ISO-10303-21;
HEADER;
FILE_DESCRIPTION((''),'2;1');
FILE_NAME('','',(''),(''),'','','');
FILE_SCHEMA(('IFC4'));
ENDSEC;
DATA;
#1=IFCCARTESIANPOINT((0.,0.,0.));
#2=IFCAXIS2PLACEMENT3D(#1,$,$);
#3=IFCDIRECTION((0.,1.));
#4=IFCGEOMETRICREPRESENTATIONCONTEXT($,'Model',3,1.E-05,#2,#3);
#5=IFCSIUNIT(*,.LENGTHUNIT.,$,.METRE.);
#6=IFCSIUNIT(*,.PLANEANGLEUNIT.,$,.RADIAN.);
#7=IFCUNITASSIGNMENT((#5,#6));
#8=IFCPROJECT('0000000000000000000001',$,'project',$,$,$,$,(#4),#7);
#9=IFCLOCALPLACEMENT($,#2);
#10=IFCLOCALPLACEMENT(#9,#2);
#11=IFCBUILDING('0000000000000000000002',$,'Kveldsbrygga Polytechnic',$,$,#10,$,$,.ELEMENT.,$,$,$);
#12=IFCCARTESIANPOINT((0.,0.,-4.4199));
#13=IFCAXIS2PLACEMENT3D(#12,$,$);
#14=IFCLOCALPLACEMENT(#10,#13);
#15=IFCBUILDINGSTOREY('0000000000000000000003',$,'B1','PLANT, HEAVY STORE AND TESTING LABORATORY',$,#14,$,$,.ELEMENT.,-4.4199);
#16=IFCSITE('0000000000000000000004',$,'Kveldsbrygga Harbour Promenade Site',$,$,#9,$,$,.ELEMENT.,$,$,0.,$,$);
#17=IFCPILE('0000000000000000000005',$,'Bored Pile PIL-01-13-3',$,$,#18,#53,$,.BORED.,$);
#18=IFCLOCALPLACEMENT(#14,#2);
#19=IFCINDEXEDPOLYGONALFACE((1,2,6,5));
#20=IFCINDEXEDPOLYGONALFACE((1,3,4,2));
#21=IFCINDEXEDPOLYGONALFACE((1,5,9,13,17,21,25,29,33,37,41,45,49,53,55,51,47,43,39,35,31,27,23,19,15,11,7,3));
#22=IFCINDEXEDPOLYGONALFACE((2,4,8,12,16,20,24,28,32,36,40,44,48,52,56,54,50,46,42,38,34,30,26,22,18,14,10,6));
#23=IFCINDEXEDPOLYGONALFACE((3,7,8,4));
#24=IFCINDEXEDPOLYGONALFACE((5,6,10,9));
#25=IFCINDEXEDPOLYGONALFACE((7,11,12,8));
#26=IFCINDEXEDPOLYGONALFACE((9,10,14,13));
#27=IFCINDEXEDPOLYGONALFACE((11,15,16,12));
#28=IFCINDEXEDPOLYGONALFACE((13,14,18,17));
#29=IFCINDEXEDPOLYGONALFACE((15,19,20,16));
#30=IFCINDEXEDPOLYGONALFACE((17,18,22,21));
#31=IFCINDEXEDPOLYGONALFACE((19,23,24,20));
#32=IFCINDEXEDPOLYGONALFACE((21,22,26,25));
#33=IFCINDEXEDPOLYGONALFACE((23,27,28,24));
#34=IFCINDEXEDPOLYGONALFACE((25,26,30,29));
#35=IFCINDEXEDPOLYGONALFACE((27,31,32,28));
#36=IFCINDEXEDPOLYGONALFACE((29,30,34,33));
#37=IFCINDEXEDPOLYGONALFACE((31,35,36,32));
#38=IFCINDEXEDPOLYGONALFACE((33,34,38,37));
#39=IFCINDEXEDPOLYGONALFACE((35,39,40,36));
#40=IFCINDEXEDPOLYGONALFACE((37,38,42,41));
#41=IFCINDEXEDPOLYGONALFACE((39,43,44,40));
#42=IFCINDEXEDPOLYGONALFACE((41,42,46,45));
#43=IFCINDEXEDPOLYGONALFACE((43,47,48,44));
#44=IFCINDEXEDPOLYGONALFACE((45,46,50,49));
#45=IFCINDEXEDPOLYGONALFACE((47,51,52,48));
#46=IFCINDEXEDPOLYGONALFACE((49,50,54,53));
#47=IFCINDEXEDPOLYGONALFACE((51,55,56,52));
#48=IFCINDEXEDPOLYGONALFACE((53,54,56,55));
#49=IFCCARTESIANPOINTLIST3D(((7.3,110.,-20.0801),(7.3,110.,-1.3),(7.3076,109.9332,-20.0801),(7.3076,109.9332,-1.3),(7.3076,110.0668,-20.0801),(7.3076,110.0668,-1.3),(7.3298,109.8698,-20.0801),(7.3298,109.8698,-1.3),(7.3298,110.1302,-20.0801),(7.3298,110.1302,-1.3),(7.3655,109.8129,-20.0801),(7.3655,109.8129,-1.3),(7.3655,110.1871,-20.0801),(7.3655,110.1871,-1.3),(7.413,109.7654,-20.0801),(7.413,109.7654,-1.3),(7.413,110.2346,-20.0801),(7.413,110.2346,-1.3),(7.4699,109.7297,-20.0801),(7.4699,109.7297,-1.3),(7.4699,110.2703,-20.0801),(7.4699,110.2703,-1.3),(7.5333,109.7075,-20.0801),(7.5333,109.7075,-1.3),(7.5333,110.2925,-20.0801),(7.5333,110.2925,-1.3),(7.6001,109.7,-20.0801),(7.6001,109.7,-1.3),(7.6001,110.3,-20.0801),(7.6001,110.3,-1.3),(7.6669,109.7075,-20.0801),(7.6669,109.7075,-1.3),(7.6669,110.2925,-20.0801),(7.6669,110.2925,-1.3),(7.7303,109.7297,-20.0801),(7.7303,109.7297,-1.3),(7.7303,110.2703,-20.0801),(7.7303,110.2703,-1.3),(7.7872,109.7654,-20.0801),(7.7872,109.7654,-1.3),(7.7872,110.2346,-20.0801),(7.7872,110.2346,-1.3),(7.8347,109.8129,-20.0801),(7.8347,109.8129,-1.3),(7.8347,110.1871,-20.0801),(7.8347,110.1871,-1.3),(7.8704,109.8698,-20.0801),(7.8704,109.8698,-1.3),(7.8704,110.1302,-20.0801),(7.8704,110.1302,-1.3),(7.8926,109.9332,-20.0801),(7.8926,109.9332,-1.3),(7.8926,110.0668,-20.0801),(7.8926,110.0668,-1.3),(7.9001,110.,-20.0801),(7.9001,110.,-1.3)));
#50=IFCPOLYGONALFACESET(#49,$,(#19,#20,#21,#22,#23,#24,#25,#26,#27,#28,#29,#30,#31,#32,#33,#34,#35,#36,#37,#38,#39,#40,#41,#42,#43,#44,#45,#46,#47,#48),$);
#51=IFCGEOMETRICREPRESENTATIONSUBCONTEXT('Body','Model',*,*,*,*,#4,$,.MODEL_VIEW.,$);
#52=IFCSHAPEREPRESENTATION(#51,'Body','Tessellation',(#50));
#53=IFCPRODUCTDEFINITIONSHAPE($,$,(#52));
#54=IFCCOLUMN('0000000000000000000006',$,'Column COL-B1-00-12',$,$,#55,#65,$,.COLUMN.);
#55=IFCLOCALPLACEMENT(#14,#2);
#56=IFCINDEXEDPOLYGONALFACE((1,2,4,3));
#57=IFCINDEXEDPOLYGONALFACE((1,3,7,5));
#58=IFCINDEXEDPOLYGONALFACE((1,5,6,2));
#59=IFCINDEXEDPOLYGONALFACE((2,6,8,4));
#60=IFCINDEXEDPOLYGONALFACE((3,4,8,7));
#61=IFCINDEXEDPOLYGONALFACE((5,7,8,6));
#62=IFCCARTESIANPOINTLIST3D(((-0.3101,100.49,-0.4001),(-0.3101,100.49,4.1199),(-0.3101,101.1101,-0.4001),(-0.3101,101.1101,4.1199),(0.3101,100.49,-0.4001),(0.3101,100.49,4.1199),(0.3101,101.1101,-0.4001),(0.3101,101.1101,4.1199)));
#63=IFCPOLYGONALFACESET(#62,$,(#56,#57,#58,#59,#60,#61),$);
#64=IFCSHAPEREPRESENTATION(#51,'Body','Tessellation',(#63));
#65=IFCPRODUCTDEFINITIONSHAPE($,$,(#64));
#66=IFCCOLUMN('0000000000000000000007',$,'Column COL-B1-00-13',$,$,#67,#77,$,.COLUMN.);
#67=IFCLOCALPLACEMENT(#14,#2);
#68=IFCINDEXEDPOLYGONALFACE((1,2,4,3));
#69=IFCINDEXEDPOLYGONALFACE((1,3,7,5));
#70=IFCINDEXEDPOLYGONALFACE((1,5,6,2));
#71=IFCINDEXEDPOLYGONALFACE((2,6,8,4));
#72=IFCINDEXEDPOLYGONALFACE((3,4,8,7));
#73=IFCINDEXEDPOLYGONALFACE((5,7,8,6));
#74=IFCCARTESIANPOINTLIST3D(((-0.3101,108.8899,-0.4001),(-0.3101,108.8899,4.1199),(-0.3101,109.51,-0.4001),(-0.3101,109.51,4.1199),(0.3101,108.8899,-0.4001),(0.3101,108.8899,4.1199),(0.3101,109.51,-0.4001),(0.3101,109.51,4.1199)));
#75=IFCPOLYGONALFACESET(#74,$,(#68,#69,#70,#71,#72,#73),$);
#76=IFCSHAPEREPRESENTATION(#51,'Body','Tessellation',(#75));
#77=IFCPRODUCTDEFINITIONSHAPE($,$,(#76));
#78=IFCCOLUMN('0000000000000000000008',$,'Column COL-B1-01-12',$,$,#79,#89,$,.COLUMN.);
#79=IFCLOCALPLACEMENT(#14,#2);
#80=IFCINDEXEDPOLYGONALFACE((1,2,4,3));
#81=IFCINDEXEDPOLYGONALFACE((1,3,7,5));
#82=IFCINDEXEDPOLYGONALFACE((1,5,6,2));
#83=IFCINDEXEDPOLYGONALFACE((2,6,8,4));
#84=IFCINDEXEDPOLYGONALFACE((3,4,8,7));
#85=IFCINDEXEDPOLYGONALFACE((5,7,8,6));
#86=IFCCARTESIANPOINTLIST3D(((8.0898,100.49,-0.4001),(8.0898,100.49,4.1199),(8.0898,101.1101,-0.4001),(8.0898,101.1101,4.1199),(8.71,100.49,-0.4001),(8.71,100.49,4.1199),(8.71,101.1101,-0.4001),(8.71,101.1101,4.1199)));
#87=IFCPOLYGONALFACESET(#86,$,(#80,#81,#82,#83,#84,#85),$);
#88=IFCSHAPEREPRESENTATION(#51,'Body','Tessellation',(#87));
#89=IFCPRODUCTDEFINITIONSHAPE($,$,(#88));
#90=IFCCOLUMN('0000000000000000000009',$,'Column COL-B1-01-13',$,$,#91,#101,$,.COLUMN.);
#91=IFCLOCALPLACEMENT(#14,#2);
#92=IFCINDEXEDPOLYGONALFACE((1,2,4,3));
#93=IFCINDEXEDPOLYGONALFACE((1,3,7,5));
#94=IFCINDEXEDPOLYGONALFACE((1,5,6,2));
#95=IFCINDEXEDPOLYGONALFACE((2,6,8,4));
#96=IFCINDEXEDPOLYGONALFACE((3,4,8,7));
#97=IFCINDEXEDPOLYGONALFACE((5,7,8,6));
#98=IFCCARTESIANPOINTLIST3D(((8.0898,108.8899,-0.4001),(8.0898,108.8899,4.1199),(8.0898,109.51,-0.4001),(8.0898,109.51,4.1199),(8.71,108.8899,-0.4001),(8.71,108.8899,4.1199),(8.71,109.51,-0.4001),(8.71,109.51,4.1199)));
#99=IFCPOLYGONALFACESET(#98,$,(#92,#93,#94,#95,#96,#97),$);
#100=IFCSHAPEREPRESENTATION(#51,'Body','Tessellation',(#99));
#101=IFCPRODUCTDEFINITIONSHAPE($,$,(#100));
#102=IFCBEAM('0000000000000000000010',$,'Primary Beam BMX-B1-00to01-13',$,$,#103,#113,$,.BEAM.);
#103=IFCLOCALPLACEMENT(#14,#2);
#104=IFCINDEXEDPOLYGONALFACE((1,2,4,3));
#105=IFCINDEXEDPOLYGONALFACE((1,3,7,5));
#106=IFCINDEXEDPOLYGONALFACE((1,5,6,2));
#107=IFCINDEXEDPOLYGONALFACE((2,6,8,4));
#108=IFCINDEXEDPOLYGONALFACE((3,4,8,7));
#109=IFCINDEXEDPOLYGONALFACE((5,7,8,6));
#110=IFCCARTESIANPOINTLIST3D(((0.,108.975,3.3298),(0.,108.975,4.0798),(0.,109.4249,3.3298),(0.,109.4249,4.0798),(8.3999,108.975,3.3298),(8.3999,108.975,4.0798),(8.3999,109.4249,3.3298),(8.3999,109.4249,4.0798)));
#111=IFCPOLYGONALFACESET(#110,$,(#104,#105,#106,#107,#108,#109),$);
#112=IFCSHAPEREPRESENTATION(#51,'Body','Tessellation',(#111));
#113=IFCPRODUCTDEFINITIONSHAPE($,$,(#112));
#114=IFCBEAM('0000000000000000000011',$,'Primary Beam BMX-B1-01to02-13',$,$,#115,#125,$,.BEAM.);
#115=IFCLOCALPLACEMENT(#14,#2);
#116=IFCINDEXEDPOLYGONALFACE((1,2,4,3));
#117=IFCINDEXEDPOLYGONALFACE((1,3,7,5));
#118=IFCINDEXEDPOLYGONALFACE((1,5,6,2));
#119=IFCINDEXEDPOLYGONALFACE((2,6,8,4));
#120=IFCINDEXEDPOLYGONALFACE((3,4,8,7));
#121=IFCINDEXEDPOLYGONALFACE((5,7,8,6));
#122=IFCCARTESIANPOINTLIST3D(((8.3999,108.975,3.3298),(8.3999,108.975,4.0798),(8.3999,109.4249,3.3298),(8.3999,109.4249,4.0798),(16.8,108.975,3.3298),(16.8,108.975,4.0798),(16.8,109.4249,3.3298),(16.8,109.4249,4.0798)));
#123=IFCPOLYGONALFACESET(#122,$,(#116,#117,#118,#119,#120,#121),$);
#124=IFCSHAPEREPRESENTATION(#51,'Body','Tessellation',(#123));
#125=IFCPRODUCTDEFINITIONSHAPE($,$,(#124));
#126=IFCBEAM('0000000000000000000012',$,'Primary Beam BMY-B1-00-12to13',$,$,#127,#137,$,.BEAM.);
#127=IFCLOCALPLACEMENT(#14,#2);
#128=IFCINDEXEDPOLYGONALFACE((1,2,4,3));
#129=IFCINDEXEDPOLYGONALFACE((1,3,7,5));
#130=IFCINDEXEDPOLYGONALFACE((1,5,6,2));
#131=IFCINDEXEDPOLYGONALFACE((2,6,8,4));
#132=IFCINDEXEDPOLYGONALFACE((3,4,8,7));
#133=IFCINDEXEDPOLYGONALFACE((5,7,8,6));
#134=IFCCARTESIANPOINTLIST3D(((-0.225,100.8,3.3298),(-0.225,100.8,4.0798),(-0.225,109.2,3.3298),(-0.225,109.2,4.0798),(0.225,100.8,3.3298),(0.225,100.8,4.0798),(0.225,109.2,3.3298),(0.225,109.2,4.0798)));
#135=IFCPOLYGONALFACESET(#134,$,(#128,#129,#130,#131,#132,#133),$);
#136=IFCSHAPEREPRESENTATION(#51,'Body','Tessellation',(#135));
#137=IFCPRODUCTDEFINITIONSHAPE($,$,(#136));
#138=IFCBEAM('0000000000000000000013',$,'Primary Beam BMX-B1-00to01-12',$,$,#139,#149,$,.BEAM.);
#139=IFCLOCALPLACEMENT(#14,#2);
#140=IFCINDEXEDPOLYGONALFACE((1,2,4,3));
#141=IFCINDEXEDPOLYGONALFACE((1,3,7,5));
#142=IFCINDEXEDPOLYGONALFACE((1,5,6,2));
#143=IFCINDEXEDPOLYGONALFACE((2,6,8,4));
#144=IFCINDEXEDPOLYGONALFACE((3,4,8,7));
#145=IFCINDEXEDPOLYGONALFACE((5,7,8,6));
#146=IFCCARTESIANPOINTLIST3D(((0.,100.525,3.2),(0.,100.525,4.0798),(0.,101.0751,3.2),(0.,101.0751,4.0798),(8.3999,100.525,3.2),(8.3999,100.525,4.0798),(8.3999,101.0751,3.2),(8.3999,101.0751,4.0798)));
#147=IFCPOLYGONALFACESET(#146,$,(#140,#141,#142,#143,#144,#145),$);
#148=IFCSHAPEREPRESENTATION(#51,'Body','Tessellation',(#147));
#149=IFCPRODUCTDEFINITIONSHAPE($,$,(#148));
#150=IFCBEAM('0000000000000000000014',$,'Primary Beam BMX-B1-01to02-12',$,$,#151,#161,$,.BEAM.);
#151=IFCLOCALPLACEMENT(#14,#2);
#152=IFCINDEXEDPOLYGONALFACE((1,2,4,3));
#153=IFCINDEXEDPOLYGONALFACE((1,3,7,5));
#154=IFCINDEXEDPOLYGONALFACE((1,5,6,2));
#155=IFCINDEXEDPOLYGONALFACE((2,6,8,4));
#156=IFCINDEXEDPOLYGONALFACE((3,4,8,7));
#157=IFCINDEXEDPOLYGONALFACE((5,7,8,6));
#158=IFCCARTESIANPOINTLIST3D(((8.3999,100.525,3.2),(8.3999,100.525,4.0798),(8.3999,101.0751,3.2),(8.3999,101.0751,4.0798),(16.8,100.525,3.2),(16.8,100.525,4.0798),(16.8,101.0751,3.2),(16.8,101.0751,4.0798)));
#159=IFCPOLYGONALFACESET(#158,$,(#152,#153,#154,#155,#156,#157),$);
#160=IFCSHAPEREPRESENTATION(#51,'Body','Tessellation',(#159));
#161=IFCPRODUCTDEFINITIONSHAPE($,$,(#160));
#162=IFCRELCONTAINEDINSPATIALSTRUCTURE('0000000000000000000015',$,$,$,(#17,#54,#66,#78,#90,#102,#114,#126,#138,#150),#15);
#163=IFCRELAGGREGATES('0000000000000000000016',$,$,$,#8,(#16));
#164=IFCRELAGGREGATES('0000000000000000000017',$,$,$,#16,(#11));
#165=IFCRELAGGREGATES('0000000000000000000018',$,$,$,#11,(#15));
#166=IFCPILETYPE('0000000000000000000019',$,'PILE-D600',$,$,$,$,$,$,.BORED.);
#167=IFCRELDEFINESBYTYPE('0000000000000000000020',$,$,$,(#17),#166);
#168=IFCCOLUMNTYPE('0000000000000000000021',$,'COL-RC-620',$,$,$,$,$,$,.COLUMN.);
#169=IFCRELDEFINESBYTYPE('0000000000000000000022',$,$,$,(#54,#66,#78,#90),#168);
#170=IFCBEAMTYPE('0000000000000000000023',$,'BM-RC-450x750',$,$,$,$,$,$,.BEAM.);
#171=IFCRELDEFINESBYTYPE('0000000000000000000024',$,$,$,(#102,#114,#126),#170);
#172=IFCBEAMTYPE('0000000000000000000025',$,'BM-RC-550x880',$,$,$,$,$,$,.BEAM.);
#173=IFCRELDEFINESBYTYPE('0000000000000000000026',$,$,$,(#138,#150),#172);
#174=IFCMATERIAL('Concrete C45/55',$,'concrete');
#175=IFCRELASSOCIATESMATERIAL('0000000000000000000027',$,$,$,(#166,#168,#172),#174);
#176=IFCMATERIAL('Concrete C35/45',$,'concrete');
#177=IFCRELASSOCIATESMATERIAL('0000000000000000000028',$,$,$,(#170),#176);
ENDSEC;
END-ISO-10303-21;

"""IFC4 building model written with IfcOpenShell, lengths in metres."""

from ifc_helpers import new_model, si_unit, direction, frame, origin, origin_2d, place, context, subcontext, project, spatial, rectangle, circle, extrude, material, material_profile, profile_set, type_object, element, save


model = new_model("IFC4")

# Units and contexts
model_context = context("Model", 3, precision=1e-05, world=origin(), true_north=direction((0.0, 1.0)))
body_context = subcontext(model_context, "Body", "Model", "MODEL_VIEW")
ifc_project = project(units=[si_unit("LENGTHUNIT", "METRE"), si_unit("PLANEANGLEUNIT", "RADIAN")], contexts=[model_context])

# Site, building, storey
site_placement = place(None, origin())
site = spatial("IfcSite", under=ifc_project, at=site_placement, Name="Kveldsbrygga Harbour Promenade Site", CompositionType="ELEMENT", RefElevation=0.0)
building_placement = place(site_placement, origin())
building = spatial("IfcBuilding", under=site, at=building_placement, Name="Kveldsbrygga Polytechnic", CompositionType="ELEMENT")
storey_placement = place(building_placement, frame((0.0, 0.0, -4.4199)))
storey = spatial("IfcBuildingStorey", under=building, at=storey_placement, Name="B1", Description="PLANT, HEAVY STORE AND TESTING LABORATORY", CompositionType="ELEMENT", Elevation=-4.4199)

# Shared definitions
ifc_material_1 = material(Name="Concrete C45/55", Category="concrete")

# Pile
ifc_material_profile_1 = material_profile(ifc_material_1, circle(Radius=0.3, at=origin_2d()), Name="PILE D600")
ifc_profile_set_1 = profile_set([ifc_material_profile_1], Name="Concrete C45/55")
pile_type = type_object("IfcPileType", Name="PILE-D600", PredefinedType="BORED", material=ifc_profile_set_1)
for number, where, z_axis, x_axis, name in (
    (1, (7.6001, 110.0, -1.3), (0.0, 0.0, -1.0), (1.0, 0.0, 0.0), "Bored Pile PIL-01-13-3"),
):
    element("IfcPile", number, at=place(storey_placement, frame(where, z_axis=z_axis, x_axis=x_axis)), inside=storey, type_object=pile_type, Name=name, PredefinedType="BORED", context=body_context, shape_type="SweptSolid", body=[
        extrude(circle(Radius=0.3, at=origin_2d()), origin(), (0.0, 0.0, 1.0), 18.78),
    ])

# Columns
ifc_material_profile_2 = material_profile(ifc_material_1, rectangle(XDim=0.6201, YDim=0.6201, at=origin_2d()), Name="RC 620x620")
ifc_profile_set_2 = profile_set([ifc_material_profile_2], Name="Concrete C45/55")
column_type = type_object("IfcColumnType", Name="COL-RC-620", PredefinedType="COLUMN", material=ifc_profile_set_2)
for number, where, z_axis, x_axis, name in (
    (2, (0.0, 100.8, -0.4001), (0.0, 0.0, 1.0), (1.0, 0.0, 0.0), "Column COL-B1-00-12"),
    (3, (0.0, 109.2, -0.4001), (0.0, 0.0, 1.0), (1.0, 0.0, 0.0), "Column COL-B1-00-13"),
    (4, (8.3999, 100.8, -0.4001), (0.0, 0.0, 1.0), (1.0, 0.0, 0.0), "Column COL-B1-01-12"),
    (5, (8.3999, 109.2, -0.4001), (0.0, 0.0, 1.0), (1.0, 0.0, 0.0), "Column COL-B1-01-13"),
):
    element("IfcColumn", number, at=place(storey_placement, frame(where, z_axis=z_axis, x_axis=x_axis)), inside=storey, type_object=column_type, Name=name, PredefinedType="COLUMN", context=body_context, shape_type="SweptSolid", body=[
        extrude(rectangle(XDim=0.6201, YDim=0.6201, at=origin_2d()), origin(), (0.0, 0.0, 1.0), 4.52),
    ])

# Beams
ifc_material_2 = material(Name="Concrete C35/45", Category="concrete")
ifc_material_profile_3 = material_profile(ifc_material_2, rectangle(XDim=0.45, YDim=0.75, at=origin_2d()), Name="RC 450x750")
ifc_profile_set_3 = profile_set([ifc_material_profile_3], Name="Concrete C35/45")
beam_type_1 = type_object("IfcBeamType", Name="BM-RC-450x750", PredefinedType="BEAM", material=ifc_profile_set_3)
beam_1_placement = place(storey_placement, frame((0.0, 109.2, 3.7048), z_axis=(1.0, 0.0, 0.0), x_axis=(0.0, 1.0, 0.0)))
element("IfcBeam", 6, at=beam_1_placement, inside=storey, type_object=beam_type_1, Name="Primary Beam BMX-B1-00to01-13", PredefinedType="BEAM", context=body_context, shape_type="SweptSolid", body=[
    extrude(rectangle(XDim=0.45, YDim=0.75, at=origin_2d()), origin(), (0.0, 0.0, 1.0), 8.3999),
])
beam_2_placement = place(storey_placement, frame((8.3999, 109.2, 3.7048), z_axis=(1.0, 0.0, 0.0), x_axis=(0.0, 1.0, 0.0)))
element("IfcBeam", 7, at=beam_2_placement, inside=storey, type_object=beam_type_1, Name="Primary Beam BMX-B1-01to02-13", PredefinedType="BEAM", context=body_context, shape_type="SweptSolid", body=[
    extrude(rectangle(XDim=0.45, YDim=0.75, at=origin_2d()), origin(), (0.0, 0.0, 1.0), 8.4001),
])
beam_3_placement = place(storey_placement, frame((0.0, 100.8, 3.7048), z_axis=(0.0, 1.0, 0.0), x_axis=(-1.0, 0.0, 0.0)))
element("IfcBeam", 8, at=beam_3_placement, inside=storey, type_object=beam_type_1, Name="Primary Beam BMY-B1-00-12to13", PredefinedType="BEAM", context=body_context, shape_type="SweptSolid", body=[
    extrude(rectangle(XDim=0.45, YDim=0.75, at=origin_2d()), origin(), (0.0, 0.0, 1.0), 8.3999),
])
ifc_material_profile_4 = material_profile(ifc_material_1, rectangle(XDim=0.55, YDim=0.8799, at=origin_2d()), Name="RC 550x880")
ifc_profile_set_4 = profile_set([ifc_material_profile_4], Name="Concrete C45/55")
beam_type_2 = type_object("IfcBeamType", Name="BM-RC-550x880", PredefinedType="BEAM", material=ifc_profile_set_4)
beam_4_placement = place(storey_placement, frame((0.0, 100.8, 3.6399), z_axis=(1.0, 0.0, 0.0), x_axis=(0.0, 1.0, 0.0)))
element("IfcBeam", 9, at=beam_4_placement, inside=storey, type_object=beam_type_2, Name="Primary Beam BMX-B1-00to01-12", PredefinedType="BEAM", context=body_context, shape_type="SweptSolid", body=[
    extrude(rectangle(XDim=0.55, YDim=0.8799, at=origin_2d()), origin(), (0.0, 0.0, 1.0), 8.3999),
])
beam_5_placement = place(storey_placement, frame((8.3999, 100.8, 3.6399), z_axis=(1.0, 0.0, 0.0), x_axis=(0.0, 1.0, 0.0)))
element("IfcBeam", 10, at=beam_5_placement, inside=storey, type_object=beam_type_2, Name="Primary Beam BMX-B1-01to02-12", PredefinedType="BEAM", context=body_context, shape_type="SweptSolid", body=[
    extrude(rectangle(XDim=0.55, YDim=0.8799, at=origin_2d()), origin(), (0.0, 0.0, 1.0), 8.4001),
])

save(model, "model.ifc")
